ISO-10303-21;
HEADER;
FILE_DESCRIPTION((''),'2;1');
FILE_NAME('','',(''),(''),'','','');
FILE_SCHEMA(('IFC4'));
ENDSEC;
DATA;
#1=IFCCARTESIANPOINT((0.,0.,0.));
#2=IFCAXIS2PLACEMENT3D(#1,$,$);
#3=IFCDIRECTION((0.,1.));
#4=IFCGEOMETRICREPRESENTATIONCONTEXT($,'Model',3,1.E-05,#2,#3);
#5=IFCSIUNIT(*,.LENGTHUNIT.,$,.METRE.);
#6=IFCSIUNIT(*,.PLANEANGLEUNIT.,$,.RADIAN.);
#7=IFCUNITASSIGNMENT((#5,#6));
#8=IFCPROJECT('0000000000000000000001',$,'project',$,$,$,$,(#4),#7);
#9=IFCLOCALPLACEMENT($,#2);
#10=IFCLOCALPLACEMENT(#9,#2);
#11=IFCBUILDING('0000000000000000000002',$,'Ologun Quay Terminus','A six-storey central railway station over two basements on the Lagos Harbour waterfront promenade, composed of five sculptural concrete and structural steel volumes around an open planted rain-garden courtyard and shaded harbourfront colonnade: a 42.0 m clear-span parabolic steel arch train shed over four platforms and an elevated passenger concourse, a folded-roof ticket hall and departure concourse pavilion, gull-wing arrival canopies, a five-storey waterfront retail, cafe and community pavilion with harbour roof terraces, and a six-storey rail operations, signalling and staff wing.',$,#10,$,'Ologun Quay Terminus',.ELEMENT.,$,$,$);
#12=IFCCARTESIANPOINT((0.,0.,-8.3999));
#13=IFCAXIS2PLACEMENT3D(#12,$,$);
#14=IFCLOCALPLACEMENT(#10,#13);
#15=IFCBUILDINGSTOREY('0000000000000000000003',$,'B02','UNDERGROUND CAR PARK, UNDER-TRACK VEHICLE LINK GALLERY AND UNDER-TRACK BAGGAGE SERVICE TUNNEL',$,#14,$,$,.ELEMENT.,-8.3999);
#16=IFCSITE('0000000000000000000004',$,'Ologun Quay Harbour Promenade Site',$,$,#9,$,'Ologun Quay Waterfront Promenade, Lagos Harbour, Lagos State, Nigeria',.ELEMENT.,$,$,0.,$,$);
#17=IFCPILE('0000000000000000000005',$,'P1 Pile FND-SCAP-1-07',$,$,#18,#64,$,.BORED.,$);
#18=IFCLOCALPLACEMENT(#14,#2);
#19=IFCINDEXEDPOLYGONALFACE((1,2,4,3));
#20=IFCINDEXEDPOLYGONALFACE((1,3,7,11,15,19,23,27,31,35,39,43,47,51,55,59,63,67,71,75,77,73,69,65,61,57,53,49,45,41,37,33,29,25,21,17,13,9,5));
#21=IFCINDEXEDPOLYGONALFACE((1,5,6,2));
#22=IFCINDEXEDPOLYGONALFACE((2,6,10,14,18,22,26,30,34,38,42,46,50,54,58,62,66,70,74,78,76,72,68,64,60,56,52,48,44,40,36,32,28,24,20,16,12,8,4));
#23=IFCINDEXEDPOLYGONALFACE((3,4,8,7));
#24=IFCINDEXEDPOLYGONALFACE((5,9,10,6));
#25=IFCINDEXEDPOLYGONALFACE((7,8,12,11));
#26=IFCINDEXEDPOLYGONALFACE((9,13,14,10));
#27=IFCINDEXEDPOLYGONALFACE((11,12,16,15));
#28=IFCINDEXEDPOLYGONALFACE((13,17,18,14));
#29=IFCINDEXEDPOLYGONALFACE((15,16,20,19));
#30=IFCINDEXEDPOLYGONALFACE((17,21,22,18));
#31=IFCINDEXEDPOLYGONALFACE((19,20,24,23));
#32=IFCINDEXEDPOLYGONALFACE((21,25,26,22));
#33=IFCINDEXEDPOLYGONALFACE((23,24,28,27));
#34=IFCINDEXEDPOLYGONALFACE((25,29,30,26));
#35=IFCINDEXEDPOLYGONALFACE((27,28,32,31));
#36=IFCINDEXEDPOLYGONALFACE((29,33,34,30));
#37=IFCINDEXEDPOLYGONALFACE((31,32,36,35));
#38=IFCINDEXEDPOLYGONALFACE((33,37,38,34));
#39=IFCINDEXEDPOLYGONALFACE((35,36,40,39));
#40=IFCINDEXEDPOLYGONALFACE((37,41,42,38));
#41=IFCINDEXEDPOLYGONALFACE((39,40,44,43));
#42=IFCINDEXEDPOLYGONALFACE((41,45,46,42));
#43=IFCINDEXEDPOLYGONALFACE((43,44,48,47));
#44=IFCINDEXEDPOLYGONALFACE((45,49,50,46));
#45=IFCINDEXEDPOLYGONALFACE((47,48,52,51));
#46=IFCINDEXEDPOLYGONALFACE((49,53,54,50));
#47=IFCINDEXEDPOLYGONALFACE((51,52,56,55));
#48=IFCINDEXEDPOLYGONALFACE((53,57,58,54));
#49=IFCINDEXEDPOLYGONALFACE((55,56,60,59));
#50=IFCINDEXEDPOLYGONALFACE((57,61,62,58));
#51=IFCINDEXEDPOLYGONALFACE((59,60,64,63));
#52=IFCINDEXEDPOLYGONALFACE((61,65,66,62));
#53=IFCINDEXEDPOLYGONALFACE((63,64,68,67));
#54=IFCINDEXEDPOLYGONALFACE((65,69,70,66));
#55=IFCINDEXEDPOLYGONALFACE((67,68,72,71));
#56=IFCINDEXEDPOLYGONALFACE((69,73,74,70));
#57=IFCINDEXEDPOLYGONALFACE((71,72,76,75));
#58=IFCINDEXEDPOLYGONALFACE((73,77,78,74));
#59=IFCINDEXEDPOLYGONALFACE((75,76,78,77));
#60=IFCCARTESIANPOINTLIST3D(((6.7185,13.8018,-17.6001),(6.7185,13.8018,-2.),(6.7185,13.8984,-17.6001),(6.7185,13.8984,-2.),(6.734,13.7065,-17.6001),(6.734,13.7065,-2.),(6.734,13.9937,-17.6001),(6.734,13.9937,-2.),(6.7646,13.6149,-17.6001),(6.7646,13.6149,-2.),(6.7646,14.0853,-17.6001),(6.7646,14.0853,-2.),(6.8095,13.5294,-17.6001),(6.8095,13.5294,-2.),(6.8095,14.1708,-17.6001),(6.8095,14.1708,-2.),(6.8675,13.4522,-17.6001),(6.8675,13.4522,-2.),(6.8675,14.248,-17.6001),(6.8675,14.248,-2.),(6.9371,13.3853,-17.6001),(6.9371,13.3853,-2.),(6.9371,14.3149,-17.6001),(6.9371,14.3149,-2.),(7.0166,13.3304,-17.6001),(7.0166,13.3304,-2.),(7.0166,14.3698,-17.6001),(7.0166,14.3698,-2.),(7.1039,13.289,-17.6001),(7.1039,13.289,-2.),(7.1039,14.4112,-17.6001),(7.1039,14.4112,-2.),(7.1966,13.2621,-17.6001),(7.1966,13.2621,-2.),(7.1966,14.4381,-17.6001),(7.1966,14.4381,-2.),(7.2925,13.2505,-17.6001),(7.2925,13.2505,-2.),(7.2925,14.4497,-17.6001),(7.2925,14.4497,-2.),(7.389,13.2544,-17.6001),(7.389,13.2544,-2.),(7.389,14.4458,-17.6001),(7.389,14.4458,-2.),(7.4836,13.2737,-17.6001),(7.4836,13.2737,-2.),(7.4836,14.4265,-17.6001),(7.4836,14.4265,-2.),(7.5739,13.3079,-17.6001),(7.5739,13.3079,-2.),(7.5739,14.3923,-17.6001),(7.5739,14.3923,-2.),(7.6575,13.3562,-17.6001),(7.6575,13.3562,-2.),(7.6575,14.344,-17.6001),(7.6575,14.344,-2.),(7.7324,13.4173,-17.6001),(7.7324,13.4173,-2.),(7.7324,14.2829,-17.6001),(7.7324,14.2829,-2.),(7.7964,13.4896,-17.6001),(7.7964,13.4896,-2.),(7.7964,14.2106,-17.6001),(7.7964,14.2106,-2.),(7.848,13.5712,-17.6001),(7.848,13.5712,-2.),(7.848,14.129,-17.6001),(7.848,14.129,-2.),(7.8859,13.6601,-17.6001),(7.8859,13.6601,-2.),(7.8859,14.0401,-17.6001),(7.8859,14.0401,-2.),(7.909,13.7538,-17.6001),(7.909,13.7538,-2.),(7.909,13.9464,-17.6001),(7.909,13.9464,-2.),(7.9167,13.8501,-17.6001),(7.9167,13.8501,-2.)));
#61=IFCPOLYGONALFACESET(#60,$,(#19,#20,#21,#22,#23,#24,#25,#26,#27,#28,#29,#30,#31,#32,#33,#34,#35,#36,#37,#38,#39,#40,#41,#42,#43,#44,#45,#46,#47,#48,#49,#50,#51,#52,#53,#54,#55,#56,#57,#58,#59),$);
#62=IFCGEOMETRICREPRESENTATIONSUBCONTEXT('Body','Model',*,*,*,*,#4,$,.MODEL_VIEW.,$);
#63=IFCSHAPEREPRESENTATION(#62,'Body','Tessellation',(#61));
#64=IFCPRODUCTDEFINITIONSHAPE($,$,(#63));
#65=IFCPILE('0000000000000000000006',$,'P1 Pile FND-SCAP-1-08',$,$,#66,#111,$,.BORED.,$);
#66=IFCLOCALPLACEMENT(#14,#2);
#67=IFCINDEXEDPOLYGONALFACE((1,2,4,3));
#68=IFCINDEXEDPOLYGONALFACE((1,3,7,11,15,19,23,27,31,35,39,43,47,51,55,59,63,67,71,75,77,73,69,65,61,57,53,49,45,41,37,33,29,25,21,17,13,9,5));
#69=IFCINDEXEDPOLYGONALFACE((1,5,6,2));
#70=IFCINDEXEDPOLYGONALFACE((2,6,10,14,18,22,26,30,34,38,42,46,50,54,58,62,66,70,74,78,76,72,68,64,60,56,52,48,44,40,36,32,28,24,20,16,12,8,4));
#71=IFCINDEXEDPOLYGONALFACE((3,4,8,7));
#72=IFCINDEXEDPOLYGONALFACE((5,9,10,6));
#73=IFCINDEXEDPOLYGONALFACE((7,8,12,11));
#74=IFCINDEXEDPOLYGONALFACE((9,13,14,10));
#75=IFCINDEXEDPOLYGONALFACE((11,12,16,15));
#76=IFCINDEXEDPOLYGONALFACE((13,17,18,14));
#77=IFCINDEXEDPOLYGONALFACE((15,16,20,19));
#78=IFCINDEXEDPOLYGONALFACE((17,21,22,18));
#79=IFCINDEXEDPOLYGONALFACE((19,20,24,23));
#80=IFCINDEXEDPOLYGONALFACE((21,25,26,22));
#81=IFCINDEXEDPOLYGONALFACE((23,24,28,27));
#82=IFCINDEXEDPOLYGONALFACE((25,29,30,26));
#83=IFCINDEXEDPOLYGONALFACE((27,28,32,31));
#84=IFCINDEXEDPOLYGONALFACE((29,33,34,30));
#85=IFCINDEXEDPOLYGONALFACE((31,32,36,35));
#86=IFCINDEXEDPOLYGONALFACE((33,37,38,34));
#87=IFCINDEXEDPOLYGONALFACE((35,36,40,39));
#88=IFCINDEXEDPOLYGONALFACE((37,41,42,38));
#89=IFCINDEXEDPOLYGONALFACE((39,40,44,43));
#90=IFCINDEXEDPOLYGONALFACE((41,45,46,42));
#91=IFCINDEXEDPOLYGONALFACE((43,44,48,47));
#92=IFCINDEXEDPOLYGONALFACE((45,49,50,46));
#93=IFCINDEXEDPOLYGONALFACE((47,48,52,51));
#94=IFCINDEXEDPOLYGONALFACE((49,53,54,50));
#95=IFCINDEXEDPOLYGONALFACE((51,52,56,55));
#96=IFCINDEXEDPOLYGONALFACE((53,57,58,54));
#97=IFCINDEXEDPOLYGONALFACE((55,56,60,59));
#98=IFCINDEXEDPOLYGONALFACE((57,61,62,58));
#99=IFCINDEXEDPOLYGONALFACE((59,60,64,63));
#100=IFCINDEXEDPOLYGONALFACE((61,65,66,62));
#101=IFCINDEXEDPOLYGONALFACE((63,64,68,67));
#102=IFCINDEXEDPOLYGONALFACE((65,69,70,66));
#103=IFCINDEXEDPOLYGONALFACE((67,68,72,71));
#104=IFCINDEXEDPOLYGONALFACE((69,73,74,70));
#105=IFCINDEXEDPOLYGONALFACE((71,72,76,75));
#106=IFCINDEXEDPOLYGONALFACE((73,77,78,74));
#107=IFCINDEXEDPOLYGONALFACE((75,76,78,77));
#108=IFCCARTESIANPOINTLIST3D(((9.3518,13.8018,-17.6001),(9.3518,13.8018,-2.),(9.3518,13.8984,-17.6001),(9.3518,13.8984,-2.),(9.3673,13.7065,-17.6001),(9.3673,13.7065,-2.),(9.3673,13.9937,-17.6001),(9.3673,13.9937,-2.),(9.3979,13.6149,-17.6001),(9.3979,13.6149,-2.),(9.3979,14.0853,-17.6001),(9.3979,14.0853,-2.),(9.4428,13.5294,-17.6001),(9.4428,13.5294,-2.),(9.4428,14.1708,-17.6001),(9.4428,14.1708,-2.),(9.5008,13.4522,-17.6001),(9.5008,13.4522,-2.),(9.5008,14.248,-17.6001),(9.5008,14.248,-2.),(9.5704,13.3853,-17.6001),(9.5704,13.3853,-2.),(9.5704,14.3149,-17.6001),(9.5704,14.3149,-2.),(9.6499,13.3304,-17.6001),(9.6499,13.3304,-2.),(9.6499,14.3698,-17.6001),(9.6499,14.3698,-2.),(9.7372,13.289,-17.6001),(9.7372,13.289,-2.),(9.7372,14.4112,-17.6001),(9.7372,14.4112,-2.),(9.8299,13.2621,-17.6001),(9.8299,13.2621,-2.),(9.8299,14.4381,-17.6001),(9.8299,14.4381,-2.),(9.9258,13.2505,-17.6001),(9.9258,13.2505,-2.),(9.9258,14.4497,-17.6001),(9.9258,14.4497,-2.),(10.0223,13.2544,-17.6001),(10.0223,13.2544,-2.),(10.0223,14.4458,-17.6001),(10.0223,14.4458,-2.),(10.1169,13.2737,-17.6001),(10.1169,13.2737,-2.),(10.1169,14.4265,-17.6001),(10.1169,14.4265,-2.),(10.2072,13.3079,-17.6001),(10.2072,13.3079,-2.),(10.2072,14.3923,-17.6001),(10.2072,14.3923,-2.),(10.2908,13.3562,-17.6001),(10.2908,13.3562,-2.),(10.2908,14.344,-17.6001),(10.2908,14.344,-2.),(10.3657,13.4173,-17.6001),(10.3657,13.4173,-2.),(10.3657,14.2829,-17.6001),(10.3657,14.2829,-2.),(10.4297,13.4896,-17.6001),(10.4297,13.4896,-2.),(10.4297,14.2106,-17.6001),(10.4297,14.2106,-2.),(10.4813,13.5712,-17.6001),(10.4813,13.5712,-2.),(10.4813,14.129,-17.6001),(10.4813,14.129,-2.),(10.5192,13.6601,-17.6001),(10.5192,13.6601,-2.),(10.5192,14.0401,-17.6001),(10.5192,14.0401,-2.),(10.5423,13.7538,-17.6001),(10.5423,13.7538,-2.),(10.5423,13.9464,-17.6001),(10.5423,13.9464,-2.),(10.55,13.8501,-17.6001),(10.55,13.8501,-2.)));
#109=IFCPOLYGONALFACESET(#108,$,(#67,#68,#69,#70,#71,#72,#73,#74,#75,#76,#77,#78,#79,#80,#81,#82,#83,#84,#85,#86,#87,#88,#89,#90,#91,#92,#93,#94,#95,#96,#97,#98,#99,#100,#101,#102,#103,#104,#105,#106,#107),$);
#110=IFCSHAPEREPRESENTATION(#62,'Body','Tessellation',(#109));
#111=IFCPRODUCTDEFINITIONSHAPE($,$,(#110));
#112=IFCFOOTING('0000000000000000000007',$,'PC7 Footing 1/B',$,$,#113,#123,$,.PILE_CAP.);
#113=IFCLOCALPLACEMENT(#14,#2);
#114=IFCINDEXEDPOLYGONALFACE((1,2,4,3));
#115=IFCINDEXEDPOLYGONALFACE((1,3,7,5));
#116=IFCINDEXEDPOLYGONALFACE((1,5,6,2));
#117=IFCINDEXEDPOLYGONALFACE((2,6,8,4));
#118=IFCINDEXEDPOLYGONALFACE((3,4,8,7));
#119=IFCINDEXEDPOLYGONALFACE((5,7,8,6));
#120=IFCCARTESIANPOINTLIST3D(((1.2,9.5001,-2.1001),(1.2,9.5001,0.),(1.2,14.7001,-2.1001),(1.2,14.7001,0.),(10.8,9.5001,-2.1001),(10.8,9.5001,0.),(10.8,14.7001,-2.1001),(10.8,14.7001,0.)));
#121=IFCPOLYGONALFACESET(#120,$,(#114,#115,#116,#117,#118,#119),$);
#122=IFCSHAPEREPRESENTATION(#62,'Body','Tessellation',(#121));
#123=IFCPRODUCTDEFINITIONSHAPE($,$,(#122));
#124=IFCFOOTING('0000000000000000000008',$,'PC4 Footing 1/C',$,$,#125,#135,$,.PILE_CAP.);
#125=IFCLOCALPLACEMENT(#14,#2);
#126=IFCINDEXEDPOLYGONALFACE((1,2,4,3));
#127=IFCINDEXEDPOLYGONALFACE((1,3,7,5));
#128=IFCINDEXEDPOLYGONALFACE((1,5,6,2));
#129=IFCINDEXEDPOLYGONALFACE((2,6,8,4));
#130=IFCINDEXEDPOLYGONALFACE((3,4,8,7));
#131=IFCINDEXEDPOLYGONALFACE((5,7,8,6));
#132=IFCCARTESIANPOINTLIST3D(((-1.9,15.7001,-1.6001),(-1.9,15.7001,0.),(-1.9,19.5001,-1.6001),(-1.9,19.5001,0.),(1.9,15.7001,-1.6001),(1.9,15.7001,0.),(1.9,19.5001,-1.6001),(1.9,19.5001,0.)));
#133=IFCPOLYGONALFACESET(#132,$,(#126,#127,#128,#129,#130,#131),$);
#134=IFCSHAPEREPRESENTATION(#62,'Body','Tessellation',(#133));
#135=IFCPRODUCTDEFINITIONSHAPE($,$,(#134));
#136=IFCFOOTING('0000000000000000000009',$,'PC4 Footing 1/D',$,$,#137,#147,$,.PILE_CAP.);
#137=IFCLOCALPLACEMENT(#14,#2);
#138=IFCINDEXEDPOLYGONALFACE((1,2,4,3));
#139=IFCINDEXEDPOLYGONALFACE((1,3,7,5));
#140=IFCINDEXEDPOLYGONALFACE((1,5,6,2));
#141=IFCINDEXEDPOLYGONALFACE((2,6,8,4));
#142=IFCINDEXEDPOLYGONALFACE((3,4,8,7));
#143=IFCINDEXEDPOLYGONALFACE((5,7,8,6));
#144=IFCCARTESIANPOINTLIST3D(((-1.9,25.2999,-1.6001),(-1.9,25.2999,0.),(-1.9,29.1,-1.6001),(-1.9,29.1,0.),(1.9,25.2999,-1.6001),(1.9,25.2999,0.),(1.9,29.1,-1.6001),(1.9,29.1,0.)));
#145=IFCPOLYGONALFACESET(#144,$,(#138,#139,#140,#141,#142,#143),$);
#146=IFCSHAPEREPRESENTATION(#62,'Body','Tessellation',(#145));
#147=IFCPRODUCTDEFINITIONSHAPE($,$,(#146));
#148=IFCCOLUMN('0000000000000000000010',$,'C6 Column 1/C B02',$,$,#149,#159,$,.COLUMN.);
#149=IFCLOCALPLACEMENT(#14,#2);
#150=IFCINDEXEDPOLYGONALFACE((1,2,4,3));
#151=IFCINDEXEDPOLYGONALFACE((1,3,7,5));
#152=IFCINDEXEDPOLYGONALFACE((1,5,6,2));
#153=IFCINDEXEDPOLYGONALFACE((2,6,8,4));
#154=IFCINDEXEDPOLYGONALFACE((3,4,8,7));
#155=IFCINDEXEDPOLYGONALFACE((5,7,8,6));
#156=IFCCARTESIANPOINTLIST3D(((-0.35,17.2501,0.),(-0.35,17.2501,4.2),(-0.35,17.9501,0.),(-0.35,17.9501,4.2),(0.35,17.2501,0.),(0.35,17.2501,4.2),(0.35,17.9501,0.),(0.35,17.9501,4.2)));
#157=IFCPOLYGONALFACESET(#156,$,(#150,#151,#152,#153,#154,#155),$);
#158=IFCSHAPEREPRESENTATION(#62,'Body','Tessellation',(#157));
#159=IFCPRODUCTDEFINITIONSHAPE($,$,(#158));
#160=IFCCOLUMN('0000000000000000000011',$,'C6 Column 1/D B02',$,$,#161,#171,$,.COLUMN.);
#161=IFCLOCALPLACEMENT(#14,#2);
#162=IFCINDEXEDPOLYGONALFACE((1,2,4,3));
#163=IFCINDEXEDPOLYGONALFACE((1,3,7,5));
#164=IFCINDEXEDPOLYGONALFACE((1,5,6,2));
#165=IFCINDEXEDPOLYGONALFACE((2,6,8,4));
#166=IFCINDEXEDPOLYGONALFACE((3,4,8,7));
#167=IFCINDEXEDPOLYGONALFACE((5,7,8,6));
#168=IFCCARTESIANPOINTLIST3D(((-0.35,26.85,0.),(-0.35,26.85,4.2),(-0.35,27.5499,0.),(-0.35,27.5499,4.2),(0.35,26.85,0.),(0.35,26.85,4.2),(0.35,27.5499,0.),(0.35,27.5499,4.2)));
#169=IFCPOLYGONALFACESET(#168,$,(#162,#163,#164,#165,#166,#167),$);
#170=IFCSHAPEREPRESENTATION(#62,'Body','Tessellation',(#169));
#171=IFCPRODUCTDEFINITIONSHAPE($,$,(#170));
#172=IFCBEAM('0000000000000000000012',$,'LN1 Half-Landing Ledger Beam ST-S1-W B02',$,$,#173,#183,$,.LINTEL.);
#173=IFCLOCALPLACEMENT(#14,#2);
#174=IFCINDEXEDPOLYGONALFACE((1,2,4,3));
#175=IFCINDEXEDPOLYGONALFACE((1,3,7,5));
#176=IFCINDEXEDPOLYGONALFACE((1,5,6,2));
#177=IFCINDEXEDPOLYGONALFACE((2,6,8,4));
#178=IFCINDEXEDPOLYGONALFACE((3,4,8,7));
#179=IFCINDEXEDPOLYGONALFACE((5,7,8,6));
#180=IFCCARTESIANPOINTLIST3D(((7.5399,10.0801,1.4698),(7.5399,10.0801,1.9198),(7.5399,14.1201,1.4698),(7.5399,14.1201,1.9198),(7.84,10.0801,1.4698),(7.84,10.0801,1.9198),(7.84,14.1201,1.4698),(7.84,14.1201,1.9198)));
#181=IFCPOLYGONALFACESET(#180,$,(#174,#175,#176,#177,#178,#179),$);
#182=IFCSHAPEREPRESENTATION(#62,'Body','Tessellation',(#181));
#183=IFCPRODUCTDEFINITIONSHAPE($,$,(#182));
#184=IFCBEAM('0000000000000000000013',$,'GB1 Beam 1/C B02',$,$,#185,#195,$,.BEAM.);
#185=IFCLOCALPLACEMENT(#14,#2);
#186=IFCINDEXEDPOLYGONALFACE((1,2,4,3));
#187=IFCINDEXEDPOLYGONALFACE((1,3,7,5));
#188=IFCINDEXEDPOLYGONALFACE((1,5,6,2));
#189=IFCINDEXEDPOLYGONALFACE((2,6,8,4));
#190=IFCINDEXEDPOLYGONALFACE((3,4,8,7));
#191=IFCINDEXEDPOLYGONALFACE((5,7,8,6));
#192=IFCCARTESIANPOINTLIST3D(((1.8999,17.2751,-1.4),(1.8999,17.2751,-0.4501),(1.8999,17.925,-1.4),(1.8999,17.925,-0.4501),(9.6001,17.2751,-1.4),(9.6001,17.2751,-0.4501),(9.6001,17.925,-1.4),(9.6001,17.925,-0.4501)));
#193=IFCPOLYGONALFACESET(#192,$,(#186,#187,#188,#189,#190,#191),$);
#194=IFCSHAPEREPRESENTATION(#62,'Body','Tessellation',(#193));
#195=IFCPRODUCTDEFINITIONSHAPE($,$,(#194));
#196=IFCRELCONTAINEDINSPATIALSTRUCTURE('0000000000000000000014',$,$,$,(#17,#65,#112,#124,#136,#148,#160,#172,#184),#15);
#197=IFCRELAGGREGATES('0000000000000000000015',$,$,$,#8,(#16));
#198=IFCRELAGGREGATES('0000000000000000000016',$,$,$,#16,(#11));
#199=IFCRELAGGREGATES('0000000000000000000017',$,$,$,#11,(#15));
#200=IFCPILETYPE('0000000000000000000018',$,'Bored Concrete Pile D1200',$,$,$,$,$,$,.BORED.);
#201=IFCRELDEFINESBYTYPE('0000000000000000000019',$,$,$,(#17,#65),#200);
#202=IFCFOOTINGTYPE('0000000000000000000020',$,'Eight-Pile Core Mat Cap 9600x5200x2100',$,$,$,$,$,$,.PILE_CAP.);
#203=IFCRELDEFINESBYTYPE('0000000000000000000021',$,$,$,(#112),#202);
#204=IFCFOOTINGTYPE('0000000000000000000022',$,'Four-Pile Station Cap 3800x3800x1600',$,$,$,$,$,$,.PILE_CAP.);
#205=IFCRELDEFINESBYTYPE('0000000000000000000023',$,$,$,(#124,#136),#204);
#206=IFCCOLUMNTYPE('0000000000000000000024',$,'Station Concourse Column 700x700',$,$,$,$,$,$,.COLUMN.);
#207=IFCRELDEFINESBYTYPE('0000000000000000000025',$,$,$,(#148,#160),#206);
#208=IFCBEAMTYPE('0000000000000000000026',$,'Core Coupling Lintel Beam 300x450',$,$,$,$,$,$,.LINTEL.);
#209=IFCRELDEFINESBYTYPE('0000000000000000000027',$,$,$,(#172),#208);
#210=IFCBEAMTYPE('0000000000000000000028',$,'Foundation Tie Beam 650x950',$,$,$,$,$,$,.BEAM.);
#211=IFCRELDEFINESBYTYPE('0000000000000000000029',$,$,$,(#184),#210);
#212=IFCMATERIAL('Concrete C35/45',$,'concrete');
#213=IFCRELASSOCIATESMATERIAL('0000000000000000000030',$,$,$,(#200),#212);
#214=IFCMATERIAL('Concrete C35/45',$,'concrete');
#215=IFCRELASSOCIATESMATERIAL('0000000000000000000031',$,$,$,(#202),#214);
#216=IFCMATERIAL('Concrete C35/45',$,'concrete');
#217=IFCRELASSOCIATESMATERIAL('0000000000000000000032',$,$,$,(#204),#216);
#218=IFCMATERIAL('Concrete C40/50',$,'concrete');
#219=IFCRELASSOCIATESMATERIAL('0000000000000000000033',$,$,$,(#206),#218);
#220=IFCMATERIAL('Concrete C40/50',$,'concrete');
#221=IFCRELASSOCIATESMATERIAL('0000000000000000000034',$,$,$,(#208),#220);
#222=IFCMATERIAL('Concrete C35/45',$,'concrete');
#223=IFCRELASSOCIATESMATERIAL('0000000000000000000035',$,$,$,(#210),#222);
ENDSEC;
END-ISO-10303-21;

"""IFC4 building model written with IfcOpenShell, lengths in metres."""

from ifc_helpers import new_model, si_unit, direction, frame, origin, origin_2d, place, context, subcontext, project, spatial, rectangle, circle, extrude, material, material_profile, profile_set, type_object, element, save


model = new_model("IFC4")

# Units and contexts
model_context = context("Model", 3, precision=1e-05, world=origin(), true_north=direction((0.0, 1.0)))
body_context = subcontext(model_context, "Body", "Model", "MODEL_VIEW")
ifc_project = project(units=[si_unit("LENGTHUNIT", "METRE"), si_unit("PLANEANGLEUNIT", "RADIAN")], contexts=[model_context])

# Site, building, storey
site_placement = place(None, origin())
site = spatial("IfcSite", under=ifc_project, at=site_placement, Name="Ologun Quay Harbour Promenade Site", LongName="Ologun Quay Waterfront Promenade, Lagos Harbour, Lagos State, Nigeria", CompositionType="ELEMENT", RefElevation=0.0)
building_placement = place(site_placement, origin())
building = spatial("IfcBuilding", under=site, at=building_placement, Name="Ologun Quay Terminus", Description="A six-storey central railway station over two basements on the Lagos Harbour waterfront promenade, composed of five sculptural concrete and structural steel volumes around an open planted rain-garden courtyard and shaded harbourfront colonnade: a 42.0 m clear-span parabolic steel arch train shed over four platforms and an elevated passenger concourse, a folded-roof ticket hall and departure concourse pavilion, gull-wing arrival canopies, a five-storey waterfront retail, cafe and community pavilion with harbour roof terraces, and a six-storey rail operations, signalling and staff wing.", LongName="Ologun Quay Terminus", CompositionType="ELEMENT")
storey_placement = place(building_placement, frame((0.0, 0.0, -8.3999)))
storey = spatial("IfcBuildingStorey", under=building, at=storey_placement, Name="B02", Description="UNDERGROUND CAR PARK, UNDER-TRACK VEHICLE LINK GALLERY AND UNDER-TRACK BAGGAGE SERVICE TUNNEL", CompositionType="ELEMENT", Elevation=-8.3999)

# Piles
ifc_material_1 = material(Name="Concrete C35/45", Category="concrete")
ifc_material_profile_1 = material_profile(ifc_material_1, circle(Radius=0.6001, at=origin_2d()), Name="PILE D1200")
ifc_profile_set_1 = profile_set([ifc_material_profile_1], Name="Concrete C35/45")
pile_type_1 = type_object("IfcPileType", Name="Bored Concrete Pile D1200", PredefinedType="BORED", material=ifc_profile_set_1)
for number, where, z_axis, x_axis, name in (
    (1, (7.3167, 13.8501, -2.0), (0.0, 0.0, -1.0), (1.0, 0.0, 0.0), "P1 Pile FND-SCAP-1-07"),
    (2, (9.95, 13.8501, -2.0), (0.0, 0.0, -1.0), (1.0, 0.0, 0.0), "P1 Pile FND-SCAP-1-08"),
):
    element("IfcPile", number, at=place(storey_placement, frame(where, z_axis=z_axis, x_axis=x_axis)), inside=storey, type_object=pile_type_1, Name=name, PredefinedType="BORED", context=body_context, shape_type="SweptSolid", body=[
        extrude(circle(Radius=0.6001, at=origin_2d()), origin(), (0.0, 0.0, 1.0), 15.6001),
    ])

# Footings
ifc_material_2 = material(Name="Concrete C35/45", Category="concrete")
footing_type_1 = type_object("IfcFootingType", Name="Eight-Pile Core Mat Cap 9600x5200x2100", PredefinedType="PILE_CAP", material=ifc_material_2)
footing_placement = place(storey_placement, frame((6.0, 12.1001, -2.1001), z_axis=(0.0, 0.0, 1.0), x_axis=(1.0, 0.0, 0.0)))
element("IfcFooting", 3, at=footing_placement, inside=storey, type_object=footing_type_1, Name="PC7 Footing 1/B", PredefinedType="PILE_CAP", context=body_context, shape_type="SweptSolid", body=[
    extrude(rectangle(XDim=9.6001, YDim=5.2, at=origin_2d()), origin(), (0.0, 0.0, 1.0), 2.1001),
])
ifc_material_3 = material(Name="Concrete C35/45", Category="concrete")
footing_type_2 = type_object("IfcFootingType", Name="Four-Pile Station Cap 3800x3800x1600", PredefinedType="PILE_CAP", material=ifc_material_3)
for number, where, z_axis, x_axis, name in (
    (4, (0.0, 17.6001, -1.6001), (0.0, 0.0, 1.0), (1.0, 0.0, 0.0), "PC4 Footing 1/C"),
    (5, (0.0, 27.2, -1.6001), (0.0, 0.0, 1.0), (1.0, 0.0, 0.0), "PC4 Footing 1/D"),
):
    element("IfcFooting", number, at=place(storey_placement, frame(where, z_axis=z_axis, x_axis=x_axis)), inside=storey, type_object=footing_type_2, Name=name, PredefinedType="PILE_CAP", context=body_context, shape_type="SweptSolid", body=[
        extrude(rectangle(XDim=3.8, YDim=3.8, at=origin_2d()), origin(), (0.0, 0.0, 1.0), 1.6001),
    ])

# Columns
ifc_material_4 = material(Name="Concrete C40/50", Category="concrete")
ifc_material_profile_2 = material_profile(ifc_material_4, rectangle(XDim=0.7, YDim=0.7, at=origin_2d()), Name="RC 700x700")
ifc_profile_set_2 = profile_set([ifc_material_profile_2], Name="Concrete C40/50")
column_type = type_object("IfcColumnType", Name="Station Concourse Column 700x700", PredefinedType="COLUMN", material=ifc_profile_set_2)
for number, where, z_axis, x_axis, name in (
    (6, (0.0, 17.6001, 0.0), (0.0, 0.0, 1.0), (1.0, 0.0, 0.0), "C6 Column 1/C B02"),
    (7, (0.0, 27.2, 0.0), (0.0, 0.0, 1.0), (1.0, 0.0, 0.0), "C6 Column 1/D B02"),
):
    element("IfcColumn", number, at=place(storey_placement, frame(where, z_axis=z_axis, x_axis=x_axis)), inside=storey, type_object=column_type, Name=name, PredefinedType="COLUMN", context=body_context, shape_type="SweptSolid", body=[
        extrude(rectangle(XDim=0.7, YDim=0.7, at=origin_2d()), origin(), (0.0, 0.0, 1.0), 4.2),
    ])

# Beams
ifc_material_5 = material(Name="Concrete C40/50", Category="concrete")
ifc_material_profile_3 = material_profile(ifc_material_5, rectangle(XDim=0.3, YDim=0.45, at=origin_2d()), Name="RC 300x450")
ifc_profile_set_3 = profile_set([ifc_material_profile_3], Name="Concrete C40/50")
beam_type_1 = type_object("IfcBeamType", Name="Core Coupling Lintel Beam 300x450", PredefinedType="LINTEL", material=ifc_profile_set_3)
beam_1_placement = place(storey_placement, frame((7.6899, 10.0801, 1.6948), z_axis=(0.0, 1.0, 0.0), x_axis=(-1.0, 0.0, 0.0)))
element("IfcBeam", 8, at=beam_1_placement, inside=storey, type_object=beam_type_1, Name="LN1 Half-Landing Ledger Beam ST-S1-W B02", PredefinedType="LINTEL", context=body_context, shape_type="SweptSolid", body=[
    extrude(rectangle(XDim=0.3, YDim=0.45, at=origin_2d()), origin(), (0.0, 0.0, 1.0), 4.04),
])
ifc_material_6 = material(Name="Concrete C35/45", Category="concrete")
ifc_material_profile_4 = material_profile(ifc_material_6, rectangle(XDim=0.6499, YDim=0.95, at=origin_2d()), Name="RC 650x950")
ifc_profile_set_4 = profile_set([ifc_material_profile_4], Name="Concrete C35/45")
beam_type_2 = type_object("IfcBeamType", Name="Foundation Tie Beam 650x950", PredefinedType="BEAM", material=ifc_profile_set_4)
for number, where, z_axis, x_axis, name in (
    (9, (1.8999, 17.6001, -0.925), (1.0, 0.0, 0.0), (0.0, 1.0, 0.0), "GB1 Beam 1/C B02"),
):
    element("IfcBeam", number, at=place(storey_placement, frame(where, z_axis=z_axis, x_axis=x_axis)), inside=storey, type_object=beam_type_2, Name=name, PredefinedType="BEAM", context=body_context, shape_type="SweptSolid", body=[
        extrude(rectangle(XDim=0.6499, YDim=0.95, at=origin_2d()), origin(), (0.0, 0.0, 1.0), 7.7002),
    ])

save(model, "model.ifc")
